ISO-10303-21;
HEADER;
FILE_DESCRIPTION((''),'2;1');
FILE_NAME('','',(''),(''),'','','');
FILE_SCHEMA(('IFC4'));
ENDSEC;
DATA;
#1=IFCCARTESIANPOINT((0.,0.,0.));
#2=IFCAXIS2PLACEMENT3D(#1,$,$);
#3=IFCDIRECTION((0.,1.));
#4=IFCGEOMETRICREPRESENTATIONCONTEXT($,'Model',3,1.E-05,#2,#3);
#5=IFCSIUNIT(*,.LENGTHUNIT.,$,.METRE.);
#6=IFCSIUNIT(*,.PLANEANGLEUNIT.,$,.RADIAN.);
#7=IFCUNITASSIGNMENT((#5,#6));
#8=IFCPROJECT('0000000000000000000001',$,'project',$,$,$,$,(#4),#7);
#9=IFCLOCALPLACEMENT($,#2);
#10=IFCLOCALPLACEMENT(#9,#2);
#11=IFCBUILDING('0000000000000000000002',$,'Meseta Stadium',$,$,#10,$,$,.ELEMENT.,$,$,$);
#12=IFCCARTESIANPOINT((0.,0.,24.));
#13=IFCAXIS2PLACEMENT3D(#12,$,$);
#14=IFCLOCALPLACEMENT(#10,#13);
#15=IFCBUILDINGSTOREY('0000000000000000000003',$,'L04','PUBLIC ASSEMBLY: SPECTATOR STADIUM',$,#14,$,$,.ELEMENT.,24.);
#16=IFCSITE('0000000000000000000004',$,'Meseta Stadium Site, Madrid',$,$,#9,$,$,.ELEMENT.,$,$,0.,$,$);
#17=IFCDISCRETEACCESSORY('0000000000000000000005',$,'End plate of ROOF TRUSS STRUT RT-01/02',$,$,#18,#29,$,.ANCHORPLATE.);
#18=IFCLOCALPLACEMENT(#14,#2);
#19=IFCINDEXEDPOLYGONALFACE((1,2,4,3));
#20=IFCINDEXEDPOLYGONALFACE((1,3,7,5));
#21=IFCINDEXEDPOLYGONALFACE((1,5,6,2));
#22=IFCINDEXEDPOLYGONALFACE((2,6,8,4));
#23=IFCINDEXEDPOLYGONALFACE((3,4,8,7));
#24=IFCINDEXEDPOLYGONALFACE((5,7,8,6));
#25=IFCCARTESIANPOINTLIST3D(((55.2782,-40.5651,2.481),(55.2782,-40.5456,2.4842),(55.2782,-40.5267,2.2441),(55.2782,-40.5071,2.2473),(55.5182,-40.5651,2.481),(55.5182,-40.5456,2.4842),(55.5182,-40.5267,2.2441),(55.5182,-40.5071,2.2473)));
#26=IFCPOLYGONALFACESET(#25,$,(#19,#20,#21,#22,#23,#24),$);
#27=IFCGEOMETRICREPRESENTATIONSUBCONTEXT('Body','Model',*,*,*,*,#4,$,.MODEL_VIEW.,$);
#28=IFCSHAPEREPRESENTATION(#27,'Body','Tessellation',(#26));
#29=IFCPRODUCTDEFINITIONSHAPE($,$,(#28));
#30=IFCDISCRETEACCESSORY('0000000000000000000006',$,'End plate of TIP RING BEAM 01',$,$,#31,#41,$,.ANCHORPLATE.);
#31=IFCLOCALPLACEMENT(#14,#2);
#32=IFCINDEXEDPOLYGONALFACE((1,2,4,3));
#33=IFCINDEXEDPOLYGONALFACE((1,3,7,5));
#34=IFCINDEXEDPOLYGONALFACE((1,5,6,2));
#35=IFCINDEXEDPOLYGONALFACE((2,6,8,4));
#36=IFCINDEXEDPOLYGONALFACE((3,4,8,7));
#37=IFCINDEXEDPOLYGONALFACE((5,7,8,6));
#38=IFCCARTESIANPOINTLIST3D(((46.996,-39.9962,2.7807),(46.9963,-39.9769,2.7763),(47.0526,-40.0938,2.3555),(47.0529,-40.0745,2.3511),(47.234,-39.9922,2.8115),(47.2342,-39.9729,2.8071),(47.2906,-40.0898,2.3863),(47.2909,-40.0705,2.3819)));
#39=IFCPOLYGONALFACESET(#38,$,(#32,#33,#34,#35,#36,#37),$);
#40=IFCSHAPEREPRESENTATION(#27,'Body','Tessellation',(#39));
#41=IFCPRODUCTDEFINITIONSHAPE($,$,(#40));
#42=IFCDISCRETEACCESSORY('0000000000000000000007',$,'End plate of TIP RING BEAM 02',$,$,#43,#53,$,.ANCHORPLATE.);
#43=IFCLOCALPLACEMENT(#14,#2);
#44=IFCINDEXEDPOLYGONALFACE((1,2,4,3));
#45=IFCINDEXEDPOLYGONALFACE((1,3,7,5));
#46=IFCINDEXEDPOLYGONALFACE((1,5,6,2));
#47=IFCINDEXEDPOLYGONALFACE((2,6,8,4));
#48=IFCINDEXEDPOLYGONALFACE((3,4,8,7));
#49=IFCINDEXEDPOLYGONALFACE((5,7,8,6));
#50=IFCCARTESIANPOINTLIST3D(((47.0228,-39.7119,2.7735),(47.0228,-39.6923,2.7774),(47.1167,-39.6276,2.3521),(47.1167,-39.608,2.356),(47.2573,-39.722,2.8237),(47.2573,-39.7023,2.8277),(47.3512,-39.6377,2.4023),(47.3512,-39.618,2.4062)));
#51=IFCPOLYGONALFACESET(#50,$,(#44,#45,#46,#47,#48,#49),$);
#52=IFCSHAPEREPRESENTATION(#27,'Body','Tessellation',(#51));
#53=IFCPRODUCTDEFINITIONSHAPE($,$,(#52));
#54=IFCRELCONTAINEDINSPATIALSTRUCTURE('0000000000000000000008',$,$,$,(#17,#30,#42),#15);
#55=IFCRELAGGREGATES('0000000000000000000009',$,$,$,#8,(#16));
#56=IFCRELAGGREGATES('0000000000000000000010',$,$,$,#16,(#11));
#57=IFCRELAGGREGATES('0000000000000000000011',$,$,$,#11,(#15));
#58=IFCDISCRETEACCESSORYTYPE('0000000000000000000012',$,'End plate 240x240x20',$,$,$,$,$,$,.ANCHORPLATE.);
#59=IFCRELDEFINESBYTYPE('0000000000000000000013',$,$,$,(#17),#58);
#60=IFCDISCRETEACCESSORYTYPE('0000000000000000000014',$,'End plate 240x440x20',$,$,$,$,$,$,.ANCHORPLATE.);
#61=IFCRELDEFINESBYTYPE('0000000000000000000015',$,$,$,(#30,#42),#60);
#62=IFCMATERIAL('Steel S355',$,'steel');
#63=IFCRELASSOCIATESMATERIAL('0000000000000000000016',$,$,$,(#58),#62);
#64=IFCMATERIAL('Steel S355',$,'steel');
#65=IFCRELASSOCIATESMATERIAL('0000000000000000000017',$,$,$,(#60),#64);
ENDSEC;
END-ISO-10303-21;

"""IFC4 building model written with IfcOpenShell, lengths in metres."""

from ifc_helpers import new_model, si_unit, direction, frame, origin, origin_2d, place, context, subcontext, project, spatial, rectangle, extrude, material, material_profile, profile_set, type_object, element, save


model = new_model("IFC4")

# Units and contexts
model_context = context("Model", 3, precision=1e-05, world=origin(), true_north=direction((0.0, 1.0)))
body_context = subcontext(model_context, "Body", "Model", "MODEL_VIEW")
ifc_project = project(units=[si_unit("LENGTHUNIT", "METRE"), si_unit("PLANEANGLEUNIT", "RADIAN")], contexts=[model_context])

# Site, building, storey
site_placement = place(None, origin())
site = spatial("IfcSite", under=ifc_project, at=site_placement, Name="Meseta Stadium Site, Madrid", CompositionType="ELEMENT", RefElevation=0.0)
building_placement = place(site_placement, origin())
building = spatial("IfcBuilding", under=site, at=building_placement, Name="Meseta Stadium", CompositionType="ELEMENT")
storey_placement = place(building_placement, frame((0.0, 0.0, 24.0)))
storey = spatial("IfcBuildingStorey", under=building, at=storey_placement, Name="L04", Description="PUBLIC ASSEMBLY: SPECTATOR STADIUM", CompositionType="ELEMENT", Elevation=24.0)

# Discrete accessories
ifc_material_1 = material(Name="Steel S355", Category="steel")
ifc_material_profile_1 = material_profile(ifc_material_1, rectangle(XDim=0.24, YDim=0.24, at=origin_2d()), Name="PL 240x240")
ifc_profile_set_1 = profile_set([ifc_material_profile_1], Name="Steel S355")
discrete_accessory_type_1 = type_object("IfcDiscreteAccessoryType", Name="End plate 240x240x20", PredefinedType="ANCHORPLATE", material=ifc_profile_set_1)
discrete_accessory_1_placement = place(storey_placement, frame((55.3982, -40.5459, 2.3625), z_axis=(0.0, 0.987053, 0.160396), x_axis=(-1.0, 0.0, 0.0)))
element("IfcDiscreteAccessory", 1, at=discrete_accessory_1_placement, inside=storey, type_object=discrete_accessory_type_1, Name="End plate of ROOF TRUSS STRUT RT-01/02", PredefinedType="ANCHORPLATE", context=body_context, shape_type="SweptSolid", body=[
    extrude(rectangle(XDim=0.24, YDim=0.24, at=origin_2d()), origin(), (0.0, 0.0, 1.0), 0.0198),
])
ifc_material_2 = material(Name="Steel S355", Category="steel")
ifc_material_profile_2 = material_profile(ifc_material_2, rectangle(XDim=0.24, YDim=0.4399, at=origin_2d()), Name="PL 240x440")
ifc_profile_set_2 = profile_set([ifc_material_profile_2], Name="Steel S355")
discrete_accessory_type_2 = type_object("IfcDiscreteAccessoryType", Name="End plate 240x440x20", PredefinedType="ANCHORPLATE", material=ifc_profile_set_2)
discrete_accessory_2_placement = place(storey_placement, frame((47.1433, -40.043, 2.5835), z_axis=(0.012341, 0.974937, -0.222138), x_axis=(-0.991605, -0.016665, -0.128229)))
element("IfcDiscreteAccessory", 2, at=discrete_accessory_2_placement, inside=storey, type_object=discrete_accessory_type_2, Name="End plate of TIP RING BEAM 01", PredefinedType="ANCHORPLATE", context=body_context, shape_type="SweptSolid", body=[
    extrude(rectangle(XDim=0.24, YDim=0.4399, at=origin_2d()), origin(), (0.0, 0.0, 1.0), 0.0198),
])
discrete_accessory_3_placement = place(storey_placement, frame((47.187, -39.6748, 2.5879), z_axis=(0.0, 0.980581, 0.196116), x_axis=(-0.976967, 0.041849, -0.209245)))
element("IfcDiscreteAccessory", 3, at=discrete_accessory_3_placement, inside=storey, type_object=discrete_accessory_type_2, Name="End plate of TIP RING BEAM 02", PredefinedType="ANCHORPLATE", context=body_context, shape_type="SweptSolid", body=[
    extrude(rectangle(XDim=0.24, YDim=0.4399, at=origin_2d()), origin(), (0.0, 0.0, 1.0), 0.02),
])

save(model, "model.ifc")
